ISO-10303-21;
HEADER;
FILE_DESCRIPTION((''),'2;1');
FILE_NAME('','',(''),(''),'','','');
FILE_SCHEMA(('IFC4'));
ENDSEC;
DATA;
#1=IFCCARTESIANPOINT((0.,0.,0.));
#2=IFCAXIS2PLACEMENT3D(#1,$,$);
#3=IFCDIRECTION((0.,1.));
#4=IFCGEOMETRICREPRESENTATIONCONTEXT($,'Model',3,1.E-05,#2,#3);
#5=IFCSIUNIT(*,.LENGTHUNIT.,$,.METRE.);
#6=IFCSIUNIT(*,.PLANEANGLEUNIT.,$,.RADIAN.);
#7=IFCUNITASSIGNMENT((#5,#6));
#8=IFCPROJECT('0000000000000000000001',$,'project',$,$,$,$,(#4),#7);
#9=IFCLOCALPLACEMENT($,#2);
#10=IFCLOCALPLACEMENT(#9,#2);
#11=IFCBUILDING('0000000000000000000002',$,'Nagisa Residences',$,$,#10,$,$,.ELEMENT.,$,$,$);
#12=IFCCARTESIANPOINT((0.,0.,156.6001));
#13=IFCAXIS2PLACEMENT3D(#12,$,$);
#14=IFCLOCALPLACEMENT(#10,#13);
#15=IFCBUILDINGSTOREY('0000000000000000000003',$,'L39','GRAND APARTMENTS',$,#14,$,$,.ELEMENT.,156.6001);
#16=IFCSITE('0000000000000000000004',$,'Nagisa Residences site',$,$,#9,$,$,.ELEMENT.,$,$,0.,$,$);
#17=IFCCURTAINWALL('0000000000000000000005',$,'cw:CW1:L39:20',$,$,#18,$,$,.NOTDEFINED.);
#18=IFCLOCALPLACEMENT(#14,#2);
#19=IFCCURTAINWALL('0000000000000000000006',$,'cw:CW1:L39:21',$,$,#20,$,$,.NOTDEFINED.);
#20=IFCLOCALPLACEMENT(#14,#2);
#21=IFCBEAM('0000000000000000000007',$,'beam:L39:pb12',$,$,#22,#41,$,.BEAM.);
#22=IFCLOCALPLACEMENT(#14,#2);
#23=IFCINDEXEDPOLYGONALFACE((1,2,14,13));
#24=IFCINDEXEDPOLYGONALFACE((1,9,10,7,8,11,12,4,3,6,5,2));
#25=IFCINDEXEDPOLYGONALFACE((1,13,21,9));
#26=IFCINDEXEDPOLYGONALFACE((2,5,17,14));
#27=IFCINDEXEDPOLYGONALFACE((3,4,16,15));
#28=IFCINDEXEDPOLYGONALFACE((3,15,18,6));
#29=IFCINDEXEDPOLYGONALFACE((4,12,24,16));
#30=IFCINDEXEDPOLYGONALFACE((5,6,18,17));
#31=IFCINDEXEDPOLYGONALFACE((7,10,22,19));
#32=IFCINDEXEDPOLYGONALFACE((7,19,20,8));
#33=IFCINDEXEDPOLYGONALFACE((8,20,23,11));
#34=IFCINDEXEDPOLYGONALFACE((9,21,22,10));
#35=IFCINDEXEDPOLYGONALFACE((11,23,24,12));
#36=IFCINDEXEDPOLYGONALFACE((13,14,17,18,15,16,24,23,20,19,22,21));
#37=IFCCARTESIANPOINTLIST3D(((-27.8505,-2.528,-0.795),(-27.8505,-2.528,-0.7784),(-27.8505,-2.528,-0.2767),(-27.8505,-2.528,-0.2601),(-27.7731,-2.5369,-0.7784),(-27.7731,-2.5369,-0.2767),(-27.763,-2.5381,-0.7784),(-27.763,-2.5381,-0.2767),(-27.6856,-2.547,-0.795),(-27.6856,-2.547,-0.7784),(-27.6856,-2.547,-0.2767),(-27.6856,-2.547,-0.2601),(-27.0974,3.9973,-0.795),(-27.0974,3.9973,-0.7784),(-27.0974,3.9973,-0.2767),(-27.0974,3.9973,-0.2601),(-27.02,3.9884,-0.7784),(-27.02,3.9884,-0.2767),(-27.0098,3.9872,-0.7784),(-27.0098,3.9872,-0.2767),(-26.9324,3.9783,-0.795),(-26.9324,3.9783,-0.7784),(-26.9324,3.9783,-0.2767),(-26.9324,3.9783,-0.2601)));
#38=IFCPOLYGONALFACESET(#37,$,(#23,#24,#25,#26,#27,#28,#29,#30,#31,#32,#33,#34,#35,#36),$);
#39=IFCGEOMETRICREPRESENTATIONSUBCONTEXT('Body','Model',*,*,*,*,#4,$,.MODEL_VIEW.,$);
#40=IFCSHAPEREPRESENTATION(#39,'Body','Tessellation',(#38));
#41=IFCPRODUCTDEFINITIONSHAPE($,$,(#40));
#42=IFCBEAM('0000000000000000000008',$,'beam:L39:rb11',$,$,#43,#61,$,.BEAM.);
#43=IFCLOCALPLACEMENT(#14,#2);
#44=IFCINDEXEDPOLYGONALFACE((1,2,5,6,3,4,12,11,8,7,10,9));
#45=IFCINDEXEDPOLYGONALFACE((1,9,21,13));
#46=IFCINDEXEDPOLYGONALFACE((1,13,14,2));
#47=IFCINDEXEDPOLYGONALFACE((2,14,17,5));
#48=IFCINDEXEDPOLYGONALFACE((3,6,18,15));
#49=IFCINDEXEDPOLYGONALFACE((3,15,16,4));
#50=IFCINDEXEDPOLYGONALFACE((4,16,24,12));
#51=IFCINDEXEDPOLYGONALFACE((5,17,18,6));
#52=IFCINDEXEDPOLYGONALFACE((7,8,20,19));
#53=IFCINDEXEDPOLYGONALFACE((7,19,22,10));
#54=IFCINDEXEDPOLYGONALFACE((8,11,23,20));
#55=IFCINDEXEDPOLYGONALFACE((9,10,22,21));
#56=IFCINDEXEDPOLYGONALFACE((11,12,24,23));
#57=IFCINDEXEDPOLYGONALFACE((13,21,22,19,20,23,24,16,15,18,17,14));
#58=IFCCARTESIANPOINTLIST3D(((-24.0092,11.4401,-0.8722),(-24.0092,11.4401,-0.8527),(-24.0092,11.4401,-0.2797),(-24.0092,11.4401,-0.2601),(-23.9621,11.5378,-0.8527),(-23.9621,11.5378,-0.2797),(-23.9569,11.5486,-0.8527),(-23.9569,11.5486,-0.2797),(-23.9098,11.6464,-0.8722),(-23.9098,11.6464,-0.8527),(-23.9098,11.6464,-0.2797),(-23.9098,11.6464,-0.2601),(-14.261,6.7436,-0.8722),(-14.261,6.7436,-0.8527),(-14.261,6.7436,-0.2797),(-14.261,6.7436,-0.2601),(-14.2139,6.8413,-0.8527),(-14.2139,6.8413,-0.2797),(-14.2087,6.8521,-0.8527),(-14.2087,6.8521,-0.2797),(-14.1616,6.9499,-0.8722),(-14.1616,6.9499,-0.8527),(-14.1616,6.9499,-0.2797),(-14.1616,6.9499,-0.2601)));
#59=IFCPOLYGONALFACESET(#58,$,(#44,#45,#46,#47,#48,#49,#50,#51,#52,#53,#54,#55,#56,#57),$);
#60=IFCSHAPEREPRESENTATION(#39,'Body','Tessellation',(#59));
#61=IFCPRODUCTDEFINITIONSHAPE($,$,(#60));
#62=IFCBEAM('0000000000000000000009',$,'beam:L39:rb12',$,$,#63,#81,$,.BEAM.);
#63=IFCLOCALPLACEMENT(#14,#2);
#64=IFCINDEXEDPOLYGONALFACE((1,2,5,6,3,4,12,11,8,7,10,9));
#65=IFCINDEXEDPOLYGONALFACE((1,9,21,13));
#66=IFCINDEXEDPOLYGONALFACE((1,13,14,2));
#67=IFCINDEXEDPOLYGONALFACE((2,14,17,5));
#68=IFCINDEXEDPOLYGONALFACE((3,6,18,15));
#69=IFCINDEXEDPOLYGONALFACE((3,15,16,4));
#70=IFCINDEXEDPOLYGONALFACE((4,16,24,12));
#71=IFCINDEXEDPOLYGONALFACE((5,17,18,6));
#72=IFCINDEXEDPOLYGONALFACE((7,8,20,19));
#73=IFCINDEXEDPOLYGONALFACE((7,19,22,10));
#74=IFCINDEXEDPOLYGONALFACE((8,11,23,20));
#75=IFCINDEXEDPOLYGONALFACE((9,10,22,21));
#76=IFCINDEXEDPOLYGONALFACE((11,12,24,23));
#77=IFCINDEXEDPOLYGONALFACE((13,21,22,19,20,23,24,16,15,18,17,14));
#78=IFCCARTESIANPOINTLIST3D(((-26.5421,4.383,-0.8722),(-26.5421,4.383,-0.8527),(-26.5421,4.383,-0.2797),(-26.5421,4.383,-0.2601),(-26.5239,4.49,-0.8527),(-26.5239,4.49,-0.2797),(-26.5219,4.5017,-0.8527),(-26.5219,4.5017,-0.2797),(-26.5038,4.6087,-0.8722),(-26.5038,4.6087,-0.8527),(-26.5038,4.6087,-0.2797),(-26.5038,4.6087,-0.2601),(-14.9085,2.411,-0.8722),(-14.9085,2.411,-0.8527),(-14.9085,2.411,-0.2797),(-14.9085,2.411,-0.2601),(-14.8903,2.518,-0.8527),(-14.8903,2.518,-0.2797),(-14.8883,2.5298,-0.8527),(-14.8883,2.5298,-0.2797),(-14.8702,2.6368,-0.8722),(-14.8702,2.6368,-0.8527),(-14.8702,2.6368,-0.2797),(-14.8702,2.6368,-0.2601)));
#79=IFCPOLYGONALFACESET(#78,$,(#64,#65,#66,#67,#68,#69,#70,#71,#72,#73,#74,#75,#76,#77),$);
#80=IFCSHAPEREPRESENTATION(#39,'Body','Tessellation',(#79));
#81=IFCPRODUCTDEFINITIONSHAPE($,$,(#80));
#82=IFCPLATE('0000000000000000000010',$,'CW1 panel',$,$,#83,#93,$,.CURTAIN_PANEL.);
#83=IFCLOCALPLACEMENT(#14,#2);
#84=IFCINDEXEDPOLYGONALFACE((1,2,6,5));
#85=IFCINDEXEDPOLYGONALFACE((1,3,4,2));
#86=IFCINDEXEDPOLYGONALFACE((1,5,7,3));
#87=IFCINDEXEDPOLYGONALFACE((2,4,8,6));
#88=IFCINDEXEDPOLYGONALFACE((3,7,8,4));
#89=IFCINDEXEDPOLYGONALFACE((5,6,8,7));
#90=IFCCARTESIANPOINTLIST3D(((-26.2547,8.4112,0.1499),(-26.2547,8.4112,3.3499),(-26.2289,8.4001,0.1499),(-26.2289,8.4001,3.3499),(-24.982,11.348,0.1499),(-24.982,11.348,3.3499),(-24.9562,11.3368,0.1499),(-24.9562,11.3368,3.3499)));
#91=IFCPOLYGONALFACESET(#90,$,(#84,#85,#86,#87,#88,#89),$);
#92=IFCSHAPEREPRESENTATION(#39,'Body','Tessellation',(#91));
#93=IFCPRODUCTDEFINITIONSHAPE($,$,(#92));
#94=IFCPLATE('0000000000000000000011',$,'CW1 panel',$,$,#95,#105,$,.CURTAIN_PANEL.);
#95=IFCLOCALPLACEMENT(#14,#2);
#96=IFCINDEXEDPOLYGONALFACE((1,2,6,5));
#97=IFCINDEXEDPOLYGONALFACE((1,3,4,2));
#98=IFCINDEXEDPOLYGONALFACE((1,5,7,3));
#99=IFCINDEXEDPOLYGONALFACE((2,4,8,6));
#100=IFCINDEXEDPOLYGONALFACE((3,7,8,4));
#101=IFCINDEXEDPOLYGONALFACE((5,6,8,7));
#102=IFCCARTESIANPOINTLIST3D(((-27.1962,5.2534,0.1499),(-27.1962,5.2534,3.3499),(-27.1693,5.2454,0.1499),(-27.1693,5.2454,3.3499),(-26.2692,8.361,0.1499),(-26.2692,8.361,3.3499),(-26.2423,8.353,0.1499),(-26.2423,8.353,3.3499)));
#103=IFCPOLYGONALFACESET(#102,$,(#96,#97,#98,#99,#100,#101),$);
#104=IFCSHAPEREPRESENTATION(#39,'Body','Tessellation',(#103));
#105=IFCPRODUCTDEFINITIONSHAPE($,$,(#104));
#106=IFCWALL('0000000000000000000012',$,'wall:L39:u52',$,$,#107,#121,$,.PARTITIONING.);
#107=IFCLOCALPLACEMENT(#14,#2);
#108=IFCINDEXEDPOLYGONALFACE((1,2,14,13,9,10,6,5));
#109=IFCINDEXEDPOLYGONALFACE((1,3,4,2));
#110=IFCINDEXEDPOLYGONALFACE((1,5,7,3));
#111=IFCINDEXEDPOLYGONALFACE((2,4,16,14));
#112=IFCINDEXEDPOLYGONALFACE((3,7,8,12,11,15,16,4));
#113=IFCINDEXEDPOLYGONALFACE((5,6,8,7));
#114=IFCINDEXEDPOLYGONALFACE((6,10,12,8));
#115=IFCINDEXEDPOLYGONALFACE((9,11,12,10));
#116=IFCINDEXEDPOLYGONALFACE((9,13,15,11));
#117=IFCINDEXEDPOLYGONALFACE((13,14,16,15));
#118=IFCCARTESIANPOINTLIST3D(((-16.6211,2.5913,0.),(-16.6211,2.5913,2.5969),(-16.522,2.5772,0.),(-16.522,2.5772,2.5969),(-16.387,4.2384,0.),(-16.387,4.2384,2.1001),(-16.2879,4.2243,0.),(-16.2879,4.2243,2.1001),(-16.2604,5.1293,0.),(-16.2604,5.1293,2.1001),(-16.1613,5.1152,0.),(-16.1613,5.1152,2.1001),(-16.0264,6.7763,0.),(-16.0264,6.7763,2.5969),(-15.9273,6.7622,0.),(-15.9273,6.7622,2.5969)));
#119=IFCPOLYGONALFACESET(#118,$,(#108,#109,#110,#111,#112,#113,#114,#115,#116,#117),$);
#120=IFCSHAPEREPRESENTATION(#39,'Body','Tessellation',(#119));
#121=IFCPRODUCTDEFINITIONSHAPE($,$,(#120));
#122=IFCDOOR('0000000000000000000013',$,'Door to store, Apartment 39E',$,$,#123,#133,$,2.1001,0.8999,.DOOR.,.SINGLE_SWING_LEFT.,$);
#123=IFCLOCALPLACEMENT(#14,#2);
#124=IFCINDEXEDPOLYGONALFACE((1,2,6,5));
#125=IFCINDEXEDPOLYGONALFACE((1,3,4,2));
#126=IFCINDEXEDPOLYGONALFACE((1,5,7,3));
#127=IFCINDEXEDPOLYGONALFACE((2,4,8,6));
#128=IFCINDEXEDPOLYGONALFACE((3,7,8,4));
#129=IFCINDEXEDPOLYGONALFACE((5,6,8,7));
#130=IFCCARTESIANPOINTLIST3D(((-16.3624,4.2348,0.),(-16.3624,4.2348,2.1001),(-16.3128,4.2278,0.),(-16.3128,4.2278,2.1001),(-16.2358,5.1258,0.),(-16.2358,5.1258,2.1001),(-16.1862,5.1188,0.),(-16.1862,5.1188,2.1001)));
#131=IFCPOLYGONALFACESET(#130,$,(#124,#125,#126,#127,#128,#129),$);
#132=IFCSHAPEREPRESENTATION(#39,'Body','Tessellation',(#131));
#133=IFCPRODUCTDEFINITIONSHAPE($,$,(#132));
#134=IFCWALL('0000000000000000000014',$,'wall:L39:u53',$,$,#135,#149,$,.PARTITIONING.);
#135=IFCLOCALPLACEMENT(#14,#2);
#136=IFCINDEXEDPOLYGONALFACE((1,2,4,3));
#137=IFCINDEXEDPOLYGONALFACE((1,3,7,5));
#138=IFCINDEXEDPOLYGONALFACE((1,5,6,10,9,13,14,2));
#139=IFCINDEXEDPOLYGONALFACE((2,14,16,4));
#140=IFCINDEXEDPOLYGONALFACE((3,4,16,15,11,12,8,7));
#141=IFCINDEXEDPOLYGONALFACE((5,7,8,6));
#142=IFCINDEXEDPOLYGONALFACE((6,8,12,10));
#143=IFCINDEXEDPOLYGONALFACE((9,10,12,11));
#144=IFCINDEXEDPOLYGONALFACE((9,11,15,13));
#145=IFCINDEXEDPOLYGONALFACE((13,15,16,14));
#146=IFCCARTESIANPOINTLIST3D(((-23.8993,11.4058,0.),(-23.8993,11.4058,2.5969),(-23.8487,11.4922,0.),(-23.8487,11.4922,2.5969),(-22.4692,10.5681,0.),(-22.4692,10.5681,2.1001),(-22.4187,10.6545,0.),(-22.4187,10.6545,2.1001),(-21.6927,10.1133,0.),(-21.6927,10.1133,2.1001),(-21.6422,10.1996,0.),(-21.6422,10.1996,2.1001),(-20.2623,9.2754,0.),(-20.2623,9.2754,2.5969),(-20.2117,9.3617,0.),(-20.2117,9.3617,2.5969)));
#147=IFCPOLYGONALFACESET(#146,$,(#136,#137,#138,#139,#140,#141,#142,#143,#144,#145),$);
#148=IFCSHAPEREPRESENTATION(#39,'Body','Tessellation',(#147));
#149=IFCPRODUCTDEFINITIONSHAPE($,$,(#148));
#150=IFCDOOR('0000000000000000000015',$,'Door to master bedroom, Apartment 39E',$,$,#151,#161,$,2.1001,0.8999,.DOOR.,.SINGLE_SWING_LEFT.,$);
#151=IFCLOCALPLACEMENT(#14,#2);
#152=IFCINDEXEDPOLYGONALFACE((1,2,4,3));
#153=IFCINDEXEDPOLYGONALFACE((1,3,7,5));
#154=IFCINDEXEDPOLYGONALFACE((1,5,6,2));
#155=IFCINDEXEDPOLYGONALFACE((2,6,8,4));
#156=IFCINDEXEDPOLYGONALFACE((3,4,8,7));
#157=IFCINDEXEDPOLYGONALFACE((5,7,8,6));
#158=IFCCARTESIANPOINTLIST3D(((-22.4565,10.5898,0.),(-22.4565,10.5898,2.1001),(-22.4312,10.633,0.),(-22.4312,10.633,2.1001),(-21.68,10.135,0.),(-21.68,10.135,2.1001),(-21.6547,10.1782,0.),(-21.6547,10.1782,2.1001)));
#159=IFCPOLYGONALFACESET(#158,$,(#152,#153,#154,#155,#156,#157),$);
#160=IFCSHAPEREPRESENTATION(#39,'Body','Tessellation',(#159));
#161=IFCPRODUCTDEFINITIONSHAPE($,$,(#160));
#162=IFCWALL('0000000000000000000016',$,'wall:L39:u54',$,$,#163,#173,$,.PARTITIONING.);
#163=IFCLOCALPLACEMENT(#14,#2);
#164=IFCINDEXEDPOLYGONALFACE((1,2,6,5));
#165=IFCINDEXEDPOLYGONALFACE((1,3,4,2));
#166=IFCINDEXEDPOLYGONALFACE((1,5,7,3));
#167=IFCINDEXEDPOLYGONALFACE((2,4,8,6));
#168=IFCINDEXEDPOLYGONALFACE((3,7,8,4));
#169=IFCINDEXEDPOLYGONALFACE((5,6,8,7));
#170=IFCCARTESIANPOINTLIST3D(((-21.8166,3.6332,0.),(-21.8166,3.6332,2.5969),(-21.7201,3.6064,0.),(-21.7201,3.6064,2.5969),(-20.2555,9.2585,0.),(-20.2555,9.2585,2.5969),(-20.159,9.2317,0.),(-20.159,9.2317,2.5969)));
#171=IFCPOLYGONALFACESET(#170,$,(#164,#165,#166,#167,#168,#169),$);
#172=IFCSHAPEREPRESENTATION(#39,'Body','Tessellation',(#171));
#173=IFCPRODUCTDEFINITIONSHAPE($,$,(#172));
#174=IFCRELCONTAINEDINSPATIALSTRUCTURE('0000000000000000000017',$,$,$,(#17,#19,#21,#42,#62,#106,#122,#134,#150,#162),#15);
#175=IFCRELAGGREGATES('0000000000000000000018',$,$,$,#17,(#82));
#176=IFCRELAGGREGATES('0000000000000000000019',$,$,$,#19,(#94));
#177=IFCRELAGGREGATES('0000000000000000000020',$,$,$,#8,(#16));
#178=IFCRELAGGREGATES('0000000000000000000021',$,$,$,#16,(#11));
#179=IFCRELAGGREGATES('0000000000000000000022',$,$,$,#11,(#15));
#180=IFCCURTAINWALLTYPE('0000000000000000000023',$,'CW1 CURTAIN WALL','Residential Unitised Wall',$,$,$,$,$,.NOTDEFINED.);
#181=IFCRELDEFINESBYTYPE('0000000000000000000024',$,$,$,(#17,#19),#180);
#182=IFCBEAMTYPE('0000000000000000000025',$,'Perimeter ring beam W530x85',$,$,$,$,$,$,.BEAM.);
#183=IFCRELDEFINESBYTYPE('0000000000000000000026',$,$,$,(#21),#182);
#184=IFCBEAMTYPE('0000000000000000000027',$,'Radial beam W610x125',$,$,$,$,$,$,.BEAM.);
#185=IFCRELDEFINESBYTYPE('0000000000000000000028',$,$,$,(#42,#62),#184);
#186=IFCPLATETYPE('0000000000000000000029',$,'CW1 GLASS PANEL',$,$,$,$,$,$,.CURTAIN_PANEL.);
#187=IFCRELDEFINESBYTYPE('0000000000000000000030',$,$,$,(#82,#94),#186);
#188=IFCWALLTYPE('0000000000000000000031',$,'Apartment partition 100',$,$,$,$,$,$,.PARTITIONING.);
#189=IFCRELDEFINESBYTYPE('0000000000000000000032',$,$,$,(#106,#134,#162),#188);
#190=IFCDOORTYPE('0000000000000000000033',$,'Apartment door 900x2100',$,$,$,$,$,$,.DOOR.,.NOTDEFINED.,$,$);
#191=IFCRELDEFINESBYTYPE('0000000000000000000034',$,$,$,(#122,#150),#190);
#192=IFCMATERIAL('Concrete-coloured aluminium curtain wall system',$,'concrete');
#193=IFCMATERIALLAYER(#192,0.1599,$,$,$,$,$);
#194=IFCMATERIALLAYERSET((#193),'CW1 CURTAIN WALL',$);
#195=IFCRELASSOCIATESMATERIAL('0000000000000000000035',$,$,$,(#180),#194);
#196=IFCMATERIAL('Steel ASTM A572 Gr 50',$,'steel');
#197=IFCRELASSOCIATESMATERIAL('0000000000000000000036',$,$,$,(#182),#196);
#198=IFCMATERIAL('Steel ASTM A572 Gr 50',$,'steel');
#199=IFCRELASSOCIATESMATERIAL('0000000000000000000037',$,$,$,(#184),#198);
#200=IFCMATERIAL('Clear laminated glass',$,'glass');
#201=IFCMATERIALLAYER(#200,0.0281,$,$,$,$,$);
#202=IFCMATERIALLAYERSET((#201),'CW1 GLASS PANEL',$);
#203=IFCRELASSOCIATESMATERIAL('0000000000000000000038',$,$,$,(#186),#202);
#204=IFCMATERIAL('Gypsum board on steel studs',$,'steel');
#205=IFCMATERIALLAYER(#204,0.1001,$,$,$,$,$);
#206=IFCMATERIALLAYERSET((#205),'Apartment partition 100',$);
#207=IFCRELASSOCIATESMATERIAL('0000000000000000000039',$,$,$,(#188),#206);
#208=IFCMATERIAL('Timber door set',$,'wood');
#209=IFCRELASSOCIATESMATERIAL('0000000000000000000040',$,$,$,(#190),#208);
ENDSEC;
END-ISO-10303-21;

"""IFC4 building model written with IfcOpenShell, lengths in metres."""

from ifc_helpers import new_model, si_unit, direction, frame, frame_2d, origin, origin_2d, place, context, subcontext, project, spatial, rectangle, i_section, extrude, material, layer, layer_set, material_profile, profile_set, type_object, element, fill, aggregate, save


model = new_model("IFC4")

# Units and contexts
model_context = context("Model", 3, precision=1e-05, world=origin(), true_north=direction((0.0, 1.0)))
body_context = subcontext(model_context, "Body", "Model", "MODEL_VIEW")
ifc_project = project(units=[si_unit("LENGTHUNIT", "METRE"), si_unit("PLANEANGLEUNIT", "RADIAN")], contexts=[model_context])

# Site, building, storey
site_placement = place(None, origin())
site = spatial("IfcSite", under=ifc_project, at=site_placement, Name="Nagisa Residences site", CompositionType="ELEMENT", RefElevation=0.0)
building_placement = place(site_placement, origin())
building = spatial("IfcBuilding", under=site, at=building_placement, Name="Nagisa Residences", CompositionType="ELEMENT")
storey_placement = place(building_placement, frame((0.0, 0.0, 156.6001)))
storey = spatial("IfcBuildingStorey", under=building, at=storey_placement, Name="L39", Description="GRAND APARTMENTS", CompositionType="ELEMENT", Elevation=156.6001)

# Curtain walls
ifc_material_1 = material(Name="Concrete-coloured aluminium curtain wall system", Category="concrete")
ifc_layer_1 = layer(ifc_material_1, 0.1599)
ifc_layer_set_1 = layer_set([ifc_layer_1], Name="CW1 CURTAIN WALL")
curtain_wall_type = type_object("IfcCurtainWallType", Name="CW1 CURTAIN WALL", Description="Residential Unitised Wall", PredefinedType="NOTDEFINED", material=ifc_layer_set_1)
curtain_wall_1_placement = place(storey_placement, origin())
curtain_wall_1 = element("IfcCurtainWall", 1, at=curtain_wall_1_placement, inside=storey, type_object=curtain_wall_type, Name="cw:CW1:L39:20", PredefinedType="NOTDEFINED")
curtain_wall_2_placement = place(storey_placement, origin())
curtain_wall_2 = element("IfcCurtainWall", 2, at=curtain_wall_2_placement, inside=storey, type_object=curtain_wall_type, Name="cw:CW1:L39:21", PredefinedType="NOTDEFINED")

# Beams
ifc_material_2 = material(Name="Steel ASTM A572 Gr 50", Category="steel")
ifc_material_profile_1 = material_profile(ifc_material_2, i_section(OverallWidth=0.166, OverallDepth=0.5349, WebThickness=0.0103, FlangeThickness=0.0166, at=origin_2d()), Name="W530x85")
ifc_profile_set_1 = profile_set([ifc_material_profile_1], Name="Steel ASTM A572 Gr 50")
beam_type_1 = type_object("IfcBeamType", Name="Perimeter ring beam W530x85", PredefinedType="BEAM", material=ifc_profile_set_1)
beam_1_placement = place(storey_placement, frame((-27.0149, 3.9878, -0.5276), z_axis=(-0.114661, -0.993405, 0.0), x_axis=(0.993405, -0.114661, 0.0)))
element("IfcBeam", 3, at=beam_1_placement, inside=storey, type_object=beam_type_1, Name="beam:L39:pb12", PredefinedType="BEAM", context=body_context, shape_type="SweptSolid", body=[
    extrude(i_section(OverallWidth=0.166, OverallDepth=0.5349, WebThickness=0.0103, FlangeThickness=0.0166, at=origin_2d()), origin(), (0.0, 0.0, 1.0), 6.5686),
])
ifc_material_3 = material(Name="Steel ASTM A572 Gr 50", Category="steel")
ifc_material_profile_2 = material_profile(ifc_material_3, i_section(OverallWidth=0.229, OverallDepth=0.6121, WebThickness=0.012, FlangeThickness=0.0195, at=origin_2d()), Name="W610x125")
ifc_profile_set_2 = profile_set([ifc_material_profile_2], Name="Steel ASTM A572 Gr 50")
beam_type_2 = type_object("IfcBeamType", Name="Radial beam W610x125", PredefinedType="BEAM", material=ifc_profile_set_2)
beam_2_placement = place(storey_placement, frame((-23.9595, 11.5432, -0.5662), z_axis=(0.900896, -0.434034, 0.0), x_axis=(0.434034, 0.900896, 0.0)))
element("IfcBeam", 4, at=beam_2_placement, inside=storey, type_object=beam_type_2, Name="beam:L39:rb11", PredefinedType="BEAM", context=body_context, shape_type="SweptSolid", body=[
    extrude(i_section(OverallWidth=0.229, OverallDepth=0.6121, WebThickness=0.012, FlangeThickness=0.0195, at=origin_2d()), origin(), (0.0, 0.0, 1.0), 10.8206),
])
beam_3_placement = place(storey_placement, frame((-26.5229, 4.4958, -0.5662), z_axis=(0.985937, -0.167119, 0.0), x_axis=(0.167119, 0.985937, 0.0)))
element("IfcBeam", 5, at=beam_3_placement, inside=storey, type_object=beam_type_2, Name="beam:L39:rb12", PredefinedType="BEAM", context=body_context, shape_type="SweptSolid", body=[
    extrude(i_section(OverallWidth=0.229, OverallDepth=0.6121, WebThickness=0.012, FlangeThickness=0.0195, at=origin_2d()), origin(), (0.0, 0.0, 1.0), 11.7996),
])

# Plates
ifc_material_4 = material(Name="Clear laminated glass", Category="glass")
ifc_layer_2 = layer(ifc_material_4, 0.0281)
ifc_layer_set_2 = layer_set([ifc_layer_2], Name="CW1 GLASS PANEL")
plate_type = type_object("IfcPlateType", Name="CW1 GLASS PANEL", PredefinedType="CURTAIN_PANEL", material=ifc_layer_set_2)
plate_1_placement = place(storey_placement, frame((-25.6055, 9.874, 0.1499), z_axis=(0.0, 0.0, 1.0), x_axis=(-0.397636, -0.917543, 0.0)))
plate_1 = element("IfcPlate", 6, at=plate_1_placement, type_object=plate_type, Name="CW1 panel", PredefinedType="CURTAIN_PANEL", context=body_context, shape_type="SweptSolid", body=[
    extrude(rectangle(XDim=3.2007, YDim=0.0281, at=origin_2d()), origin(), (0.0, 0.0, 1.0), 3.2),
])
aggregate(curtain_wall_1, [plate_1])
plate_2_placement = place(storey_placement, frame((-26.7192, 6.8032, 0.1499), z_axis=(0.0, 0.0, 1.0), x_axis=(-0.28586, -0.958271, 0.0)))
plate_2 = element("IfcPlate", 7, at=plate_2_placement, type_object=plate_type, Name="CW1 panel", PredefinedType="CURTAIN_PANEL", context=body_context, shape_type="SweptSolid", body=[
    extrude(rectangle(XDim=3.2429, YDim=0.0281, at=origin_2d()), origin(), (0.0, 0.0, 1.0), 3.2),
])
aggregate(curtain_wall_2, [plate_2])

# Walls, openings, doors
ifc_material_5 = material(Name="Gypsum board on steel studs", Category="steel")
ifc_layer_3 = layer(ifc_material_5, 0.1001)
ifc_layer_set_3 = layer_set([ifc_layer_3], Name="Apartment partition 100")
wall_type_1 = type_object("IfcWallType", Name="Apartment partition 100", PredefinedType="PARTITIONING", material=ifc_layer_set_3)
wall_1_placement = place(storey_placement, frame((-15.9768, 6.7693, 0.0), z_axis=(0.0, 0.0, 1.0), x_axis=(-0.140694, -0.990053, 0.0)))
wall_1 = element("IfcWall", 8, at=wall_1_placement, inside=storey, type_object=wall_type_1, Name="wall:L39:u52", PredefinedType="PARTITIONING", context=body_context, shape_type="SweptSolid", body=[
    extrude(rectangle(XDim=4.2271, YDim=0.1001, at=frame_2d((2.1135, 0.0))), origin(), (0.0, 0.0, 1.0), 2.5969),
])
opening_1_placement = place(wall_1_placement, frame((1.6636, 0.0, 0.0)))
opening_1 = element("IfcOpeningElement", 9, at=opening_1_placement, cuts=wall_1, PredefinedType="OPENING", context=body_context, shape_type="SweptSolid", body=[
    extrude(rectangle(XDim=0.8999, YDim=2.1001, at=frame_2d((0.45, 1.05))), frame((0.0, 0.0601, 0.0), z_axis=(0.0, -1.0, 0.0), x_axis=(1.0, 0.0, 0.0)), (0.0, 0.0, 1.0), 0.1201),
])
ifc_material_6 = material(Name="Timber door set", Category="wood")
door_type_1 = type_object("IfcDoorType", Name="Apartment door 900x2100", OperationType="NOTDEFINED", PredefinedType="DOOR", material=ifc_material_6)
door_1_placement = place(opening_1_placement, origin())
door_1 = element("IfcDoor", 10, at=door_1_placement, inside=storey, type_object=door_type_1, Name="Door to store, Apartment 39E", OperationType="SINGLE_SWING_LEFT", OverallHeight=2.1001, OverallWidth=0.8999, PredefinedType="DOOR", context=body_context, shape_type="SweptSolid", body=[
    extrude(rectangle(XDim=0.8999, YDim=2.1001, at=frame_2d((0.45, 1.05))), frame((0.0, 0.0249, 0.0), z_axis=(0.0, -1.0, 0.0), x_axis=(1.0, 0.0, 0.0)), (0.0, 0.0, 1.0), 0.05),
])
fill(opening_1, door_1)
wall_2_placement = place(storey_placement, frame((-20.2371, 9.3186, 0.0), z_axis=(0.0, 0.0, 1.0), x_axis=(-0.862868, 0.50543, 0.0)))
wall_2 = element("IfcWall", 11, at=wall_2_placement, inside=storey, type_object=wall_type_1, Name="wall:L39:u53", PredefinedType="PARTITIONING", context=body_context, shape_type="SweptSolid", body=[
    extrude(rectangle(XDim=4.2151, YDim=0.1001, at=frame_2d((2.1074, 0.0))), origin(), (0.0, 0.0, 1.0), 2.5969),
])
opening_2_placement = place(wall_2_placement, frame((1.6577, 0.0, 0.0)))
opening_2 = element("IfcOpeningElement", 12, at=opening_2_placement, cuts=wall_2, PredefinedType="OPENING", context=body_context, shape_type="SweptSolid", body=[
    extrude(rectangle(XDim=0.8999, YDim=2.1001, at=frame_2d((0.45, 1.05))), frame((0.0, 0.0601, 0.0), z_axis=(0.0, -1.0, 0.0), x_axis=(1.0, 0.0, 0.0)), (0.0, 0.0, 1.0), 0.1201),
])
door_2_placement = place(opening_2_placement, origin())
door_2 = element("IfcDoor", 13, at=door_2_placement, inside=storey, type_object=door_type_1, Name="Door to master bedroom, Apartment 39E", OperationType="SINGLE_SWING_LEFT", OverallHeight=2.1001, OverallWidth=0.8999, PredefinedType="DOOR", context=body_context, shape_type="SweptSolid", body=[
    extrude(rectangle(XDim=0.8999, YDim=2.1001, at=frame_2d((0.45, 1.05))), frame((0.0, 0.0249, 0.0), z_axis=(0.0, -1.0, 0.0), x_axis=(1.0, 0.0, 0.0)), (0.0, 0.0, 1.0), 0.05),
])
fill(opening_2, door_2)

# Wall
wall_3_placement = place(storey_placement, frame((-20.2073, 9.2451, 0.0), z_axis=(0.0, 0.0, 1.0), x_axis=(-0.2674, -0.963586, 0.0)))
element("IfcWall", 14, at=wall_3_placement, inside=storey, type_object=wall_type_1, Name="wall:L39:u54", PredefinedType="PARTITIONING", context=body_context, shape_type="SweptSolid", body=[
    extrude(rectangle(XDim=5.8379, YDim=0.1001, at=frame_2d((2.9189, 0.0))), origin(), (0.0, 0.0, 1.0), 2.5969),
])

save(model, "model.ifc")
